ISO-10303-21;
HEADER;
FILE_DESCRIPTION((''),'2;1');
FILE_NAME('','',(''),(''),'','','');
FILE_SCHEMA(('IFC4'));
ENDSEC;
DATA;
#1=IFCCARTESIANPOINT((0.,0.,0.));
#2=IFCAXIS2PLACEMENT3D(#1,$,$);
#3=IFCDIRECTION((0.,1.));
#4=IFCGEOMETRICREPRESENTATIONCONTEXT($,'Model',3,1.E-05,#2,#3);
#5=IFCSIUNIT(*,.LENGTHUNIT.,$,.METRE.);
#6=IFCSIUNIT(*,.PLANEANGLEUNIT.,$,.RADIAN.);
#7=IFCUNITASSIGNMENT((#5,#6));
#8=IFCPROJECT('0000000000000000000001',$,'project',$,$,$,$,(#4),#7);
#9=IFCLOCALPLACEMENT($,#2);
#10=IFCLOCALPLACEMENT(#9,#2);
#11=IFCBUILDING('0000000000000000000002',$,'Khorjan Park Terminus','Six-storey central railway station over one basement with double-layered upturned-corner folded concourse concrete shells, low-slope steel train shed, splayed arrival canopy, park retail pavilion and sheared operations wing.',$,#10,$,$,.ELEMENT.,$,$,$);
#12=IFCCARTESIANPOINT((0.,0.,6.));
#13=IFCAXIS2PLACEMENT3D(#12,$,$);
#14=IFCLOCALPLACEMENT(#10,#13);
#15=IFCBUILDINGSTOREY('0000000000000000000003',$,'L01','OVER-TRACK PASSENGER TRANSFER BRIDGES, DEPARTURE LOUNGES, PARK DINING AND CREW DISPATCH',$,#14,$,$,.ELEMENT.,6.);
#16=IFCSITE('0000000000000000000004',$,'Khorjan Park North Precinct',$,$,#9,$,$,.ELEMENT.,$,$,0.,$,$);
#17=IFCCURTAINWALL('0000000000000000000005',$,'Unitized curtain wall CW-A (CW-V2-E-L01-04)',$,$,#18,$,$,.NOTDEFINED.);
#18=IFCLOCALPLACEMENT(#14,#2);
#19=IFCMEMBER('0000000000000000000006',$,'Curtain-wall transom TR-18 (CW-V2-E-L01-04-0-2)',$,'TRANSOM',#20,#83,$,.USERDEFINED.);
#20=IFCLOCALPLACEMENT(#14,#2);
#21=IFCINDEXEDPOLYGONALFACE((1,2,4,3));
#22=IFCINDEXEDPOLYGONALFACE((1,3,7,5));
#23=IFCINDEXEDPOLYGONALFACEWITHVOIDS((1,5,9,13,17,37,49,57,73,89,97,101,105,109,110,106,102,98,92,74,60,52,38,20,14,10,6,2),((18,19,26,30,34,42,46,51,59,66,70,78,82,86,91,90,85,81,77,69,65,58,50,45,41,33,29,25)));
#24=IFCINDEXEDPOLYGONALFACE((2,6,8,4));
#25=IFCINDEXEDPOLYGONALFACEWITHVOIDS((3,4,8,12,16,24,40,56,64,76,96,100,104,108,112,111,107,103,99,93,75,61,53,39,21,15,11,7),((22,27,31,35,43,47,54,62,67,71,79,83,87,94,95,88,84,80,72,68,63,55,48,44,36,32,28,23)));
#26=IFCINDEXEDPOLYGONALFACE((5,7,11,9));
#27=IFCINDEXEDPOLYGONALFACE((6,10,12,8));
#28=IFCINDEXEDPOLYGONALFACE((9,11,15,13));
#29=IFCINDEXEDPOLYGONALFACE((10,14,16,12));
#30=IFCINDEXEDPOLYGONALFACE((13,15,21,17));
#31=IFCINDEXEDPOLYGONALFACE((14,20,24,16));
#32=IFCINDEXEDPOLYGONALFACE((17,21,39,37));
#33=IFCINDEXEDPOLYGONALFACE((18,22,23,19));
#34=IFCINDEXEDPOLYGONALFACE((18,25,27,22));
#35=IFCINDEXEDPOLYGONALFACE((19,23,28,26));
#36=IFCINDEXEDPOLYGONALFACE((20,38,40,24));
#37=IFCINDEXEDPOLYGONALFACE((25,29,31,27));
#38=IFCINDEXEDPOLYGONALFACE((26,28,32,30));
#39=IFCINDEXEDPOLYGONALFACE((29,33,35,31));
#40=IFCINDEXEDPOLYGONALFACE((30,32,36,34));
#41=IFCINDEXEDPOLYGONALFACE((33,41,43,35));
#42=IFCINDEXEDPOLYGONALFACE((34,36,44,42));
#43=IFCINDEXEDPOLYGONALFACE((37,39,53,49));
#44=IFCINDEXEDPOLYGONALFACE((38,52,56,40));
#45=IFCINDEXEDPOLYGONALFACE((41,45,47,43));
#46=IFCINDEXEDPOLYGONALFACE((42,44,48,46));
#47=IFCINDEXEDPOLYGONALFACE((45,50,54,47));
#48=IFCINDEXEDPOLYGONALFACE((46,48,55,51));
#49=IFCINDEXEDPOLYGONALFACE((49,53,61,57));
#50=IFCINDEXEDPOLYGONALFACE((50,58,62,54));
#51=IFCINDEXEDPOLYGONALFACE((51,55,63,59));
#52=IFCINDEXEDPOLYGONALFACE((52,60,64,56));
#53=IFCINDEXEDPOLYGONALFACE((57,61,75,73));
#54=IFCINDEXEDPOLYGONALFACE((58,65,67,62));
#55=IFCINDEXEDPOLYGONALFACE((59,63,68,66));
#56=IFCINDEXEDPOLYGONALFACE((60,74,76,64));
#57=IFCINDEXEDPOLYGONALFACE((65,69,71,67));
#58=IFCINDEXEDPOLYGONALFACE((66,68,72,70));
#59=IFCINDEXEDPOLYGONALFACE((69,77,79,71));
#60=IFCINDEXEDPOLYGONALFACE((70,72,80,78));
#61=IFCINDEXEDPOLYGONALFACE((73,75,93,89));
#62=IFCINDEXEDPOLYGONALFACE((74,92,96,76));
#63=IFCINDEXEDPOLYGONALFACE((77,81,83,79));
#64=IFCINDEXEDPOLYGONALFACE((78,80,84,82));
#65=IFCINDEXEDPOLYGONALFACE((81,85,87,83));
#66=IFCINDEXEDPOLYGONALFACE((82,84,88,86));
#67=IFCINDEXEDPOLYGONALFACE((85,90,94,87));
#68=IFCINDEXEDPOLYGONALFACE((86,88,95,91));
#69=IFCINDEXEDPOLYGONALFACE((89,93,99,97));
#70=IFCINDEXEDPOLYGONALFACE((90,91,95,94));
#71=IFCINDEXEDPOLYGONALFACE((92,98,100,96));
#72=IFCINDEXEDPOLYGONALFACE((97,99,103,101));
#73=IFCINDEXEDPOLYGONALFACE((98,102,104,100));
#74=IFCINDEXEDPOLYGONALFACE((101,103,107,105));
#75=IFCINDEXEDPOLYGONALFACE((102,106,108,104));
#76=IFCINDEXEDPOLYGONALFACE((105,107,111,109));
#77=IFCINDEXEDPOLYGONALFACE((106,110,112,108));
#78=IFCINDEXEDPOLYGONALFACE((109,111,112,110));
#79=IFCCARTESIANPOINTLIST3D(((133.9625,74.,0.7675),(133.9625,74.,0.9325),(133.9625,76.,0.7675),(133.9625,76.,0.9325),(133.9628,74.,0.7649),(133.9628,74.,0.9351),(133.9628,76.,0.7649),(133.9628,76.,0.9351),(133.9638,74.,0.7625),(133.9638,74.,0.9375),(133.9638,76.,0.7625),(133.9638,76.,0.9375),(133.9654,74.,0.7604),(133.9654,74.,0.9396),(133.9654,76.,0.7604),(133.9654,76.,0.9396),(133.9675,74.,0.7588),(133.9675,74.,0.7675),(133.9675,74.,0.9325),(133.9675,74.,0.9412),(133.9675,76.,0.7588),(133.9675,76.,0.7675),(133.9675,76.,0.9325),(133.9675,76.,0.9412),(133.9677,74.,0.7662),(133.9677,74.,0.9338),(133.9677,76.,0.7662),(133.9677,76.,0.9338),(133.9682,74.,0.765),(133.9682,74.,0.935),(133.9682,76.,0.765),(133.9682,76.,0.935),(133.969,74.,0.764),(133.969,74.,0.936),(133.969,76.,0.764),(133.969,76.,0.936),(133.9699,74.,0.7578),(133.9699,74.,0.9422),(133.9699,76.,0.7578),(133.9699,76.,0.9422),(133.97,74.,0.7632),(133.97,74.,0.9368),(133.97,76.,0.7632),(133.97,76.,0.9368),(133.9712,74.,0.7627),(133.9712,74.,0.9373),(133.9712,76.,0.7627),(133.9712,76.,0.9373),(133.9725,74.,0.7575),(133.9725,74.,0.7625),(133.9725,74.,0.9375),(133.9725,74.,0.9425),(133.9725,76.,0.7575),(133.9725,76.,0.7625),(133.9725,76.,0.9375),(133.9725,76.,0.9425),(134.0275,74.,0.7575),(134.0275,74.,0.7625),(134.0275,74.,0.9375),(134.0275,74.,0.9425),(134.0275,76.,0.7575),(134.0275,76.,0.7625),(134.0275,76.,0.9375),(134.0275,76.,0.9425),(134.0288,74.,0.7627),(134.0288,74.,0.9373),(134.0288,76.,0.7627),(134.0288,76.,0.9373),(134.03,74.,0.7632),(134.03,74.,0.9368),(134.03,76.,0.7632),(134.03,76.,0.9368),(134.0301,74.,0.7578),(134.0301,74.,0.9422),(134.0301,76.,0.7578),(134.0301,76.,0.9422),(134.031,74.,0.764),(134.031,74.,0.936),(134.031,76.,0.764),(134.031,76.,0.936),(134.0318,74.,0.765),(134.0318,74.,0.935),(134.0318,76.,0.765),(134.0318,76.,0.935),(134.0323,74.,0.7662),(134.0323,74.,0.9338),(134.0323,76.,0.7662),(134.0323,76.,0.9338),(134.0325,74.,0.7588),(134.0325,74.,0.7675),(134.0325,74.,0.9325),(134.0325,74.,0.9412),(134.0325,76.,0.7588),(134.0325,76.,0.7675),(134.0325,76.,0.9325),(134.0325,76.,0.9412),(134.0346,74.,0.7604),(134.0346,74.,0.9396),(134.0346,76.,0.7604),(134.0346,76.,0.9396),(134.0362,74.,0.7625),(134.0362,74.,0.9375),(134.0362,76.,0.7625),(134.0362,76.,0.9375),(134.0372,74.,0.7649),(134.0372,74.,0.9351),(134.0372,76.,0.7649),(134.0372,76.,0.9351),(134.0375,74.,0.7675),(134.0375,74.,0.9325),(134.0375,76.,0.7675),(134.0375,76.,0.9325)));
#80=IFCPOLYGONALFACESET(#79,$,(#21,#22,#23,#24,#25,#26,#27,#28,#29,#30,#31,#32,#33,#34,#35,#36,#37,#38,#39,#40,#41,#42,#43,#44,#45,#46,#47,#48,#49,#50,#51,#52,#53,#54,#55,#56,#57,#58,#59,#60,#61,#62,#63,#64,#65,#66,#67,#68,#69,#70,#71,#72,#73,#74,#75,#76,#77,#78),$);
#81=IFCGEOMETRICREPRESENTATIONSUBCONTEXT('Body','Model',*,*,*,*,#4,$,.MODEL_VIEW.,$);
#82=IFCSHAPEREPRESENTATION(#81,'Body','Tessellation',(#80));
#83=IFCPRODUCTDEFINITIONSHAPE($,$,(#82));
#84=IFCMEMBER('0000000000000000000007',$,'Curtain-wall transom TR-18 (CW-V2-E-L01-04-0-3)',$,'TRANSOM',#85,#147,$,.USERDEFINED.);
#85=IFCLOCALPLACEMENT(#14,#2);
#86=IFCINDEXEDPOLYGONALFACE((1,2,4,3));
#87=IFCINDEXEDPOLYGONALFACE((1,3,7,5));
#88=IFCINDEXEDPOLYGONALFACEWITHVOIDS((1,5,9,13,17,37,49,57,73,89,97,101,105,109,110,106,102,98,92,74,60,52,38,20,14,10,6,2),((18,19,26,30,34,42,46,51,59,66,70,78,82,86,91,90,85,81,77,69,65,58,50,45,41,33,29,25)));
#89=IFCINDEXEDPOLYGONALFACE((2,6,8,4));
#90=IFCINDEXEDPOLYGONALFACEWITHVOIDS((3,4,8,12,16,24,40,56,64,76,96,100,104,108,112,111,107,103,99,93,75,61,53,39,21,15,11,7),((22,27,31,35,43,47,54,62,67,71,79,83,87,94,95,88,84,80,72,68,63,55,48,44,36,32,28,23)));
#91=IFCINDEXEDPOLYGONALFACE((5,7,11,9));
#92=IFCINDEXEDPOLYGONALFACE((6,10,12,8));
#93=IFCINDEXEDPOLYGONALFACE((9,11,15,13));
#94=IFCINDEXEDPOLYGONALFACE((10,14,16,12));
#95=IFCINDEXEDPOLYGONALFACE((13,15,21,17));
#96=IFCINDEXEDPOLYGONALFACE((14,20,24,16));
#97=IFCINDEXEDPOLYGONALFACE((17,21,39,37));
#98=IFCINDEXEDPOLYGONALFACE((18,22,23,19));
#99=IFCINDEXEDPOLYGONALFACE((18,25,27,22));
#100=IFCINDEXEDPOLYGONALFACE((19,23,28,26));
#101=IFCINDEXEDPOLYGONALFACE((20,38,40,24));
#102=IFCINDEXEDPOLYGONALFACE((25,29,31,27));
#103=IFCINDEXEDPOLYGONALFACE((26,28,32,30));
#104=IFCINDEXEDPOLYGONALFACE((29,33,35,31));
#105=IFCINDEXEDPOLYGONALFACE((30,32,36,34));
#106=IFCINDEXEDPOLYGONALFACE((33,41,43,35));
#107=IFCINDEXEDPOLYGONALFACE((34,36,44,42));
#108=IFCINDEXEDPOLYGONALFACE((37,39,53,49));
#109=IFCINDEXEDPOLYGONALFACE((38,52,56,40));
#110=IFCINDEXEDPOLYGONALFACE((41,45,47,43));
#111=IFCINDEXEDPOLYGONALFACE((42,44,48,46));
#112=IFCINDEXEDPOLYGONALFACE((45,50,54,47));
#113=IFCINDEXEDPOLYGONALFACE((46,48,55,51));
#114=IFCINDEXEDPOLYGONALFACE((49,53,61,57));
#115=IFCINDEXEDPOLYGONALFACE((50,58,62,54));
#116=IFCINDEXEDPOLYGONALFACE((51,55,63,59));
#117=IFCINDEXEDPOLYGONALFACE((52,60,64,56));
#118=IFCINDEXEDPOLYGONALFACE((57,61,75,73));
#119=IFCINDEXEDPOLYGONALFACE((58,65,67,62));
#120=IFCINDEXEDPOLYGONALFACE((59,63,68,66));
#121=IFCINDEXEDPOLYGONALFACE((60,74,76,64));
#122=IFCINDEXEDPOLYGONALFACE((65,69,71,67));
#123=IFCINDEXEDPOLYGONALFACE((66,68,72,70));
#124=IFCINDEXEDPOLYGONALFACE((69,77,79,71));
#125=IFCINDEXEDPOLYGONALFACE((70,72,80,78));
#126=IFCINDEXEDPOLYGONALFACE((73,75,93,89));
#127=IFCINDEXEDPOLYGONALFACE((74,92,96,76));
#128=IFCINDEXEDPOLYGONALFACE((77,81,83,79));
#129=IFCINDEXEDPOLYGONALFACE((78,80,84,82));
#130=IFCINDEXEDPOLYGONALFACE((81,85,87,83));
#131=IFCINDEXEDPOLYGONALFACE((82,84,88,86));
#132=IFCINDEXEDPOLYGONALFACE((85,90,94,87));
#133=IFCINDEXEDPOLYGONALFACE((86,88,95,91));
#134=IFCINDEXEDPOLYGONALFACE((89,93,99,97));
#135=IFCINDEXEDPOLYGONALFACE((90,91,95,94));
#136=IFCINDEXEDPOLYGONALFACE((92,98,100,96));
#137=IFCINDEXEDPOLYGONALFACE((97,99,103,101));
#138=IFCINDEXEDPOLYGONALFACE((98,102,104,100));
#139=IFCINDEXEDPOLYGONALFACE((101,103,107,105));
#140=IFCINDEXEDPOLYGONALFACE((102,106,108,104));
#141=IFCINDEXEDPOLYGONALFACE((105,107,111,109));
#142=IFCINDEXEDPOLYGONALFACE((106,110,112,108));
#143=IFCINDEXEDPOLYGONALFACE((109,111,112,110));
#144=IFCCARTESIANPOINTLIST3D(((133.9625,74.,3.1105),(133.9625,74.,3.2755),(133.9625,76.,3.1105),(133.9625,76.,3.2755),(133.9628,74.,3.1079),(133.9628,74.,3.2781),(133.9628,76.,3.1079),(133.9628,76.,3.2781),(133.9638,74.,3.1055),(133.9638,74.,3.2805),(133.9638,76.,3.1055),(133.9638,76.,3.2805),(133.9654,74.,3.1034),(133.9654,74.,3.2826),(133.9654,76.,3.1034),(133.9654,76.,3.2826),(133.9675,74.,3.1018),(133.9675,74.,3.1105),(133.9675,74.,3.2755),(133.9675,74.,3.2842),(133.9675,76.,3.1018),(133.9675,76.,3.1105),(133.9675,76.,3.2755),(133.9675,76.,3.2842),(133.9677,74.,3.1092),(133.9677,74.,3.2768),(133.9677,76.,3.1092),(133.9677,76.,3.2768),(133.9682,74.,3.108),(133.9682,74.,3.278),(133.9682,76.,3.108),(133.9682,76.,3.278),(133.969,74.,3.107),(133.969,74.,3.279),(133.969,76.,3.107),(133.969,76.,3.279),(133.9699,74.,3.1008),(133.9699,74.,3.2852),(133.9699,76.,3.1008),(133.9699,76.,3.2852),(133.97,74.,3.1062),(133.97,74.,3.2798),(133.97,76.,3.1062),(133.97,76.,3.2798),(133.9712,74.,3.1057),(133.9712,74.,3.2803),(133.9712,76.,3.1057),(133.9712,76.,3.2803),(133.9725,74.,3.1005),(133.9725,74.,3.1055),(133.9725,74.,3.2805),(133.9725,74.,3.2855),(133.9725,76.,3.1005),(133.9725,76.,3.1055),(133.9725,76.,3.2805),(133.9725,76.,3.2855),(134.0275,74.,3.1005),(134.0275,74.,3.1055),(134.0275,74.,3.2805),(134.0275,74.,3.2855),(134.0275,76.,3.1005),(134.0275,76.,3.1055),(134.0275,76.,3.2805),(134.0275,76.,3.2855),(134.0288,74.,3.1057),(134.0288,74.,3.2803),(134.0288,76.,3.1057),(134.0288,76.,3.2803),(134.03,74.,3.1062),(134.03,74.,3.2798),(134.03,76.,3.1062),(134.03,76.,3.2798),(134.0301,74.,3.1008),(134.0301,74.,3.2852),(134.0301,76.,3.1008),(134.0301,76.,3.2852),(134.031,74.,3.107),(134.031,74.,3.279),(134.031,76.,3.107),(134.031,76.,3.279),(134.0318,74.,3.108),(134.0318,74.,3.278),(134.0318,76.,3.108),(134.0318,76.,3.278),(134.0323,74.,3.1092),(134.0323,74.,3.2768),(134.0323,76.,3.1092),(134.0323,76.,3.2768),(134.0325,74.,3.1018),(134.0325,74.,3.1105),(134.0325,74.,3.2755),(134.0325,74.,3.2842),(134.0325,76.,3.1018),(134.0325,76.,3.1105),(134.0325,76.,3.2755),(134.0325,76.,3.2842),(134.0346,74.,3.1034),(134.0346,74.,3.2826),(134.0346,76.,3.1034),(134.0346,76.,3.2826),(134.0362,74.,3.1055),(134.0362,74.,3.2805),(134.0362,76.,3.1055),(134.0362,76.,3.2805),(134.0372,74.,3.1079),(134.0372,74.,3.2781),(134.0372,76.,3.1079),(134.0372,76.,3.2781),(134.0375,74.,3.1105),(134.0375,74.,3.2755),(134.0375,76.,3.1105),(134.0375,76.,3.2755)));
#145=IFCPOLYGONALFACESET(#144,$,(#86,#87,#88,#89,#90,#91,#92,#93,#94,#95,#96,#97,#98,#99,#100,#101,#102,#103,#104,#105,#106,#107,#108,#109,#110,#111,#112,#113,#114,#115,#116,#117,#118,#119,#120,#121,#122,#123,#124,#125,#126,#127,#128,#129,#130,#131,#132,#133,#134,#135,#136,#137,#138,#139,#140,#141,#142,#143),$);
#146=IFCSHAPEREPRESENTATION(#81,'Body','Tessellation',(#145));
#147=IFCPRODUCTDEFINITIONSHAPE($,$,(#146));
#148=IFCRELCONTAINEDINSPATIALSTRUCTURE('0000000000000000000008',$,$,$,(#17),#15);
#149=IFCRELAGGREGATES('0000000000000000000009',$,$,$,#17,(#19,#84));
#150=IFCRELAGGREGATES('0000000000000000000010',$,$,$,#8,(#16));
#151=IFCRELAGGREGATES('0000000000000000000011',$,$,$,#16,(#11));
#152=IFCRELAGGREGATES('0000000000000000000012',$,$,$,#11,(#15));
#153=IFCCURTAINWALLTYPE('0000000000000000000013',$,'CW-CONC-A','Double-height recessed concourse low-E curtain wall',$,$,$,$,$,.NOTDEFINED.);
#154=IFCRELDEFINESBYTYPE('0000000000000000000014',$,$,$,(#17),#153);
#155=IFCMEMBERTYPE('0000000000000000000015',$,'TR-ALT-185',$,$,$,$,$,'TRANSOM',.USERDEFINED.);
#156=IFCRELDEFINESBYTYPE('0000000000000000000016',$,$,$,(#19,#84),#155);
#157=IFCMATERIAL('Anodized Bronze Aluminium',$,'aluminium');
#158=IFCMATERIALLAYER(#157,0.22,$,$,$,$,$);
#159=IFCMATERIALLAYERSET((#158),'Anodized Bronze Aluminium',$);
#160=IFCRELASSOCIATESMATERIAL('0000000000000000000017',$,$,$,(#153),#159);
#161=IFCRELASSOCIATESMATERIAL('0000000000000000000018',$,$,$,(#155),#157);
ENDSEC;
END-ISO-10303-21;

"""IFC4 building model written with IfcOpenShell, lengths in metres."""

from ifc_helpers import new_model, si_unit, direction, frame, origin, origin_2d, place, context, subcontext, project, spatial, hollow_rectangle, extrude, material, layer, layer_set, material_profile, profile_set, type_object, element, aggregate, save


model = new_model("IFC4")

# Units and contexts
model_context = context("Model", 3, precision=1e-05, world=origin(), true_north=direction((0.0, 1.0)))
body_context = subcontext(model_context, "Body", "Model", "MODEL_VIEW")
ifc_project = project(units=[si_unit("LENGTHUNIT", "METRE"), si_unit("PLANEANGLEUNIT", "RADIAN")], contexts=[model_context])

# Site, building, storey
site_placement = place(None, origin())
site = spatial("IfcSite", under=ifc_project, at=site_placement, Name="Khorjan Park North Precinct", CompositionType="ELEMENT", RefElevation=0.0)
building_placement = place(site_placement, origin())
building = spatial("IfcBuilding", under=site, at=building_placement, Name="Khorjan Park Terminus", Description="Six-storey central railway station over one basement with double-layered upturned-corner folded concourse concrete shells, low-slope steel train shed, splayed arrival canopy, park retail pavilion and sheared operations wing.", CompositionType="ELEMENT")
storey_placement = place(building_placement, frame((0.0, 0.0, 6.0)))
storey = spatial("IfcBuildingStorey", under=building, at=storey_placement, Name="L01", Description="OVER-TRACK PASSENGER TRANSFER BRIDGES, DEPARTURE LOUNGES, PARK DINING AND CREW DISPATCH", CompositionType="ELEMENT", Elevation=6.0)

# Shared definitions
ifc_material_1 = material(Name="Anodized Bronze Aluminium", Category="aluminium")

# Shared definitions
ifc_layer_1 = layer(ifc_material_1, 0.22)
ifc_layer_set_1 = layer_set([ifc_layer_1], Name="Anodized Bronze Aluminium")
curtain_wall_type_1 = type_object("IfcCurtainWallType", Name="CW-CONC-A", Description="Double-height recessed concourse low-E curtain wall", PredefinedType="NOTDEFINED", material=ifc_layer_set_1)

# Shared definitions
ifc_material_profile_1 = material_profile(ifc_material_1, hollow_rectangle(XDim=0.075, YDim=0.185, WallThickness=0.005, InnerFilletRadius=0.005, OuterFilletRadius=0.01, at=origin_2d()), Name="ALT 75x185x5")
ifc_profile_set_1 = profile_set([ifc_material_profile_1], Name="Anodized Bronze Aluminium")
member_type_1 = type_object("IfcMemberType", Name="TR-ALT-185", ElementType="TRANSOM", PredefinedType="USERDEFINED", material=ifc_profile_set_1)

# Curtain wall, members
curtain_wall_1_placement = place(storey_placement, origin())
curtain_wall_1 = element("IfcCurtainWall", 1, at=curtain_wall_1_placement, inside=storey, type_object=curtain_wall_type_1, Name="Unitized curtain wall CW-A (CW-V2-E-L01-04)", PredefinedType="NOTDEFINED")
member_1_placement = place(storey_placement, frame((134.0, 74.0, 0.85), z_axis=(0.0, 1.0, 0.0), x_axis=(-1.0, 0.0, 0.0)))
member_1 = element("IfcMember", 2, at=member_1_placement, type_object=member_type_1, Name="Curtain-wall transom TR-18 (CW-V2-E-L01-04-0-2)", ObjectType="TRANSOM", PredefinedType="USERDEFINED", context=body_context, shape_type="SweptSolid", body=[
    extrude(hollow_rectangle(XDim=0.075, YDim=0.185, WallThickness=0.005, InnerFilletRadius=0.005, OuterFilletRadius=0.01, at=origin_2d()), origin(), (0.0, 0.0, 1.0), 2.0),
])
member_2_placement = place(storey_placement, frame((134.0, 74.0, 3.193), z_axis=(0.0, 1.0, 0.0), x_axis=(-1.0, 0.0, 0.0)))
member_2 = element("IfcMember", 3, at=member_2_placement, type_object=member_type_1, Name="Curtain-wall transom TR-18 (CW-V2-E-L01-04-0-3)", ObjectType="TRANSOM", PredefinedType="USERDEFINED", context=body_context, shape_type="SweptSolid", body=[
    extrude(hollow_rectangle(XDim=0.075, YDim=0.185, WallThickness=0.005, InnerFilletRadius=0.005, OuterFilletRadius=0.01, at=origin_2d()), origin(), (0.0, 0.0, 1.0), 2.0),
])

aggregate(curtain_wall_1, [member_1, member_2])

save(model, "model.ifc")
